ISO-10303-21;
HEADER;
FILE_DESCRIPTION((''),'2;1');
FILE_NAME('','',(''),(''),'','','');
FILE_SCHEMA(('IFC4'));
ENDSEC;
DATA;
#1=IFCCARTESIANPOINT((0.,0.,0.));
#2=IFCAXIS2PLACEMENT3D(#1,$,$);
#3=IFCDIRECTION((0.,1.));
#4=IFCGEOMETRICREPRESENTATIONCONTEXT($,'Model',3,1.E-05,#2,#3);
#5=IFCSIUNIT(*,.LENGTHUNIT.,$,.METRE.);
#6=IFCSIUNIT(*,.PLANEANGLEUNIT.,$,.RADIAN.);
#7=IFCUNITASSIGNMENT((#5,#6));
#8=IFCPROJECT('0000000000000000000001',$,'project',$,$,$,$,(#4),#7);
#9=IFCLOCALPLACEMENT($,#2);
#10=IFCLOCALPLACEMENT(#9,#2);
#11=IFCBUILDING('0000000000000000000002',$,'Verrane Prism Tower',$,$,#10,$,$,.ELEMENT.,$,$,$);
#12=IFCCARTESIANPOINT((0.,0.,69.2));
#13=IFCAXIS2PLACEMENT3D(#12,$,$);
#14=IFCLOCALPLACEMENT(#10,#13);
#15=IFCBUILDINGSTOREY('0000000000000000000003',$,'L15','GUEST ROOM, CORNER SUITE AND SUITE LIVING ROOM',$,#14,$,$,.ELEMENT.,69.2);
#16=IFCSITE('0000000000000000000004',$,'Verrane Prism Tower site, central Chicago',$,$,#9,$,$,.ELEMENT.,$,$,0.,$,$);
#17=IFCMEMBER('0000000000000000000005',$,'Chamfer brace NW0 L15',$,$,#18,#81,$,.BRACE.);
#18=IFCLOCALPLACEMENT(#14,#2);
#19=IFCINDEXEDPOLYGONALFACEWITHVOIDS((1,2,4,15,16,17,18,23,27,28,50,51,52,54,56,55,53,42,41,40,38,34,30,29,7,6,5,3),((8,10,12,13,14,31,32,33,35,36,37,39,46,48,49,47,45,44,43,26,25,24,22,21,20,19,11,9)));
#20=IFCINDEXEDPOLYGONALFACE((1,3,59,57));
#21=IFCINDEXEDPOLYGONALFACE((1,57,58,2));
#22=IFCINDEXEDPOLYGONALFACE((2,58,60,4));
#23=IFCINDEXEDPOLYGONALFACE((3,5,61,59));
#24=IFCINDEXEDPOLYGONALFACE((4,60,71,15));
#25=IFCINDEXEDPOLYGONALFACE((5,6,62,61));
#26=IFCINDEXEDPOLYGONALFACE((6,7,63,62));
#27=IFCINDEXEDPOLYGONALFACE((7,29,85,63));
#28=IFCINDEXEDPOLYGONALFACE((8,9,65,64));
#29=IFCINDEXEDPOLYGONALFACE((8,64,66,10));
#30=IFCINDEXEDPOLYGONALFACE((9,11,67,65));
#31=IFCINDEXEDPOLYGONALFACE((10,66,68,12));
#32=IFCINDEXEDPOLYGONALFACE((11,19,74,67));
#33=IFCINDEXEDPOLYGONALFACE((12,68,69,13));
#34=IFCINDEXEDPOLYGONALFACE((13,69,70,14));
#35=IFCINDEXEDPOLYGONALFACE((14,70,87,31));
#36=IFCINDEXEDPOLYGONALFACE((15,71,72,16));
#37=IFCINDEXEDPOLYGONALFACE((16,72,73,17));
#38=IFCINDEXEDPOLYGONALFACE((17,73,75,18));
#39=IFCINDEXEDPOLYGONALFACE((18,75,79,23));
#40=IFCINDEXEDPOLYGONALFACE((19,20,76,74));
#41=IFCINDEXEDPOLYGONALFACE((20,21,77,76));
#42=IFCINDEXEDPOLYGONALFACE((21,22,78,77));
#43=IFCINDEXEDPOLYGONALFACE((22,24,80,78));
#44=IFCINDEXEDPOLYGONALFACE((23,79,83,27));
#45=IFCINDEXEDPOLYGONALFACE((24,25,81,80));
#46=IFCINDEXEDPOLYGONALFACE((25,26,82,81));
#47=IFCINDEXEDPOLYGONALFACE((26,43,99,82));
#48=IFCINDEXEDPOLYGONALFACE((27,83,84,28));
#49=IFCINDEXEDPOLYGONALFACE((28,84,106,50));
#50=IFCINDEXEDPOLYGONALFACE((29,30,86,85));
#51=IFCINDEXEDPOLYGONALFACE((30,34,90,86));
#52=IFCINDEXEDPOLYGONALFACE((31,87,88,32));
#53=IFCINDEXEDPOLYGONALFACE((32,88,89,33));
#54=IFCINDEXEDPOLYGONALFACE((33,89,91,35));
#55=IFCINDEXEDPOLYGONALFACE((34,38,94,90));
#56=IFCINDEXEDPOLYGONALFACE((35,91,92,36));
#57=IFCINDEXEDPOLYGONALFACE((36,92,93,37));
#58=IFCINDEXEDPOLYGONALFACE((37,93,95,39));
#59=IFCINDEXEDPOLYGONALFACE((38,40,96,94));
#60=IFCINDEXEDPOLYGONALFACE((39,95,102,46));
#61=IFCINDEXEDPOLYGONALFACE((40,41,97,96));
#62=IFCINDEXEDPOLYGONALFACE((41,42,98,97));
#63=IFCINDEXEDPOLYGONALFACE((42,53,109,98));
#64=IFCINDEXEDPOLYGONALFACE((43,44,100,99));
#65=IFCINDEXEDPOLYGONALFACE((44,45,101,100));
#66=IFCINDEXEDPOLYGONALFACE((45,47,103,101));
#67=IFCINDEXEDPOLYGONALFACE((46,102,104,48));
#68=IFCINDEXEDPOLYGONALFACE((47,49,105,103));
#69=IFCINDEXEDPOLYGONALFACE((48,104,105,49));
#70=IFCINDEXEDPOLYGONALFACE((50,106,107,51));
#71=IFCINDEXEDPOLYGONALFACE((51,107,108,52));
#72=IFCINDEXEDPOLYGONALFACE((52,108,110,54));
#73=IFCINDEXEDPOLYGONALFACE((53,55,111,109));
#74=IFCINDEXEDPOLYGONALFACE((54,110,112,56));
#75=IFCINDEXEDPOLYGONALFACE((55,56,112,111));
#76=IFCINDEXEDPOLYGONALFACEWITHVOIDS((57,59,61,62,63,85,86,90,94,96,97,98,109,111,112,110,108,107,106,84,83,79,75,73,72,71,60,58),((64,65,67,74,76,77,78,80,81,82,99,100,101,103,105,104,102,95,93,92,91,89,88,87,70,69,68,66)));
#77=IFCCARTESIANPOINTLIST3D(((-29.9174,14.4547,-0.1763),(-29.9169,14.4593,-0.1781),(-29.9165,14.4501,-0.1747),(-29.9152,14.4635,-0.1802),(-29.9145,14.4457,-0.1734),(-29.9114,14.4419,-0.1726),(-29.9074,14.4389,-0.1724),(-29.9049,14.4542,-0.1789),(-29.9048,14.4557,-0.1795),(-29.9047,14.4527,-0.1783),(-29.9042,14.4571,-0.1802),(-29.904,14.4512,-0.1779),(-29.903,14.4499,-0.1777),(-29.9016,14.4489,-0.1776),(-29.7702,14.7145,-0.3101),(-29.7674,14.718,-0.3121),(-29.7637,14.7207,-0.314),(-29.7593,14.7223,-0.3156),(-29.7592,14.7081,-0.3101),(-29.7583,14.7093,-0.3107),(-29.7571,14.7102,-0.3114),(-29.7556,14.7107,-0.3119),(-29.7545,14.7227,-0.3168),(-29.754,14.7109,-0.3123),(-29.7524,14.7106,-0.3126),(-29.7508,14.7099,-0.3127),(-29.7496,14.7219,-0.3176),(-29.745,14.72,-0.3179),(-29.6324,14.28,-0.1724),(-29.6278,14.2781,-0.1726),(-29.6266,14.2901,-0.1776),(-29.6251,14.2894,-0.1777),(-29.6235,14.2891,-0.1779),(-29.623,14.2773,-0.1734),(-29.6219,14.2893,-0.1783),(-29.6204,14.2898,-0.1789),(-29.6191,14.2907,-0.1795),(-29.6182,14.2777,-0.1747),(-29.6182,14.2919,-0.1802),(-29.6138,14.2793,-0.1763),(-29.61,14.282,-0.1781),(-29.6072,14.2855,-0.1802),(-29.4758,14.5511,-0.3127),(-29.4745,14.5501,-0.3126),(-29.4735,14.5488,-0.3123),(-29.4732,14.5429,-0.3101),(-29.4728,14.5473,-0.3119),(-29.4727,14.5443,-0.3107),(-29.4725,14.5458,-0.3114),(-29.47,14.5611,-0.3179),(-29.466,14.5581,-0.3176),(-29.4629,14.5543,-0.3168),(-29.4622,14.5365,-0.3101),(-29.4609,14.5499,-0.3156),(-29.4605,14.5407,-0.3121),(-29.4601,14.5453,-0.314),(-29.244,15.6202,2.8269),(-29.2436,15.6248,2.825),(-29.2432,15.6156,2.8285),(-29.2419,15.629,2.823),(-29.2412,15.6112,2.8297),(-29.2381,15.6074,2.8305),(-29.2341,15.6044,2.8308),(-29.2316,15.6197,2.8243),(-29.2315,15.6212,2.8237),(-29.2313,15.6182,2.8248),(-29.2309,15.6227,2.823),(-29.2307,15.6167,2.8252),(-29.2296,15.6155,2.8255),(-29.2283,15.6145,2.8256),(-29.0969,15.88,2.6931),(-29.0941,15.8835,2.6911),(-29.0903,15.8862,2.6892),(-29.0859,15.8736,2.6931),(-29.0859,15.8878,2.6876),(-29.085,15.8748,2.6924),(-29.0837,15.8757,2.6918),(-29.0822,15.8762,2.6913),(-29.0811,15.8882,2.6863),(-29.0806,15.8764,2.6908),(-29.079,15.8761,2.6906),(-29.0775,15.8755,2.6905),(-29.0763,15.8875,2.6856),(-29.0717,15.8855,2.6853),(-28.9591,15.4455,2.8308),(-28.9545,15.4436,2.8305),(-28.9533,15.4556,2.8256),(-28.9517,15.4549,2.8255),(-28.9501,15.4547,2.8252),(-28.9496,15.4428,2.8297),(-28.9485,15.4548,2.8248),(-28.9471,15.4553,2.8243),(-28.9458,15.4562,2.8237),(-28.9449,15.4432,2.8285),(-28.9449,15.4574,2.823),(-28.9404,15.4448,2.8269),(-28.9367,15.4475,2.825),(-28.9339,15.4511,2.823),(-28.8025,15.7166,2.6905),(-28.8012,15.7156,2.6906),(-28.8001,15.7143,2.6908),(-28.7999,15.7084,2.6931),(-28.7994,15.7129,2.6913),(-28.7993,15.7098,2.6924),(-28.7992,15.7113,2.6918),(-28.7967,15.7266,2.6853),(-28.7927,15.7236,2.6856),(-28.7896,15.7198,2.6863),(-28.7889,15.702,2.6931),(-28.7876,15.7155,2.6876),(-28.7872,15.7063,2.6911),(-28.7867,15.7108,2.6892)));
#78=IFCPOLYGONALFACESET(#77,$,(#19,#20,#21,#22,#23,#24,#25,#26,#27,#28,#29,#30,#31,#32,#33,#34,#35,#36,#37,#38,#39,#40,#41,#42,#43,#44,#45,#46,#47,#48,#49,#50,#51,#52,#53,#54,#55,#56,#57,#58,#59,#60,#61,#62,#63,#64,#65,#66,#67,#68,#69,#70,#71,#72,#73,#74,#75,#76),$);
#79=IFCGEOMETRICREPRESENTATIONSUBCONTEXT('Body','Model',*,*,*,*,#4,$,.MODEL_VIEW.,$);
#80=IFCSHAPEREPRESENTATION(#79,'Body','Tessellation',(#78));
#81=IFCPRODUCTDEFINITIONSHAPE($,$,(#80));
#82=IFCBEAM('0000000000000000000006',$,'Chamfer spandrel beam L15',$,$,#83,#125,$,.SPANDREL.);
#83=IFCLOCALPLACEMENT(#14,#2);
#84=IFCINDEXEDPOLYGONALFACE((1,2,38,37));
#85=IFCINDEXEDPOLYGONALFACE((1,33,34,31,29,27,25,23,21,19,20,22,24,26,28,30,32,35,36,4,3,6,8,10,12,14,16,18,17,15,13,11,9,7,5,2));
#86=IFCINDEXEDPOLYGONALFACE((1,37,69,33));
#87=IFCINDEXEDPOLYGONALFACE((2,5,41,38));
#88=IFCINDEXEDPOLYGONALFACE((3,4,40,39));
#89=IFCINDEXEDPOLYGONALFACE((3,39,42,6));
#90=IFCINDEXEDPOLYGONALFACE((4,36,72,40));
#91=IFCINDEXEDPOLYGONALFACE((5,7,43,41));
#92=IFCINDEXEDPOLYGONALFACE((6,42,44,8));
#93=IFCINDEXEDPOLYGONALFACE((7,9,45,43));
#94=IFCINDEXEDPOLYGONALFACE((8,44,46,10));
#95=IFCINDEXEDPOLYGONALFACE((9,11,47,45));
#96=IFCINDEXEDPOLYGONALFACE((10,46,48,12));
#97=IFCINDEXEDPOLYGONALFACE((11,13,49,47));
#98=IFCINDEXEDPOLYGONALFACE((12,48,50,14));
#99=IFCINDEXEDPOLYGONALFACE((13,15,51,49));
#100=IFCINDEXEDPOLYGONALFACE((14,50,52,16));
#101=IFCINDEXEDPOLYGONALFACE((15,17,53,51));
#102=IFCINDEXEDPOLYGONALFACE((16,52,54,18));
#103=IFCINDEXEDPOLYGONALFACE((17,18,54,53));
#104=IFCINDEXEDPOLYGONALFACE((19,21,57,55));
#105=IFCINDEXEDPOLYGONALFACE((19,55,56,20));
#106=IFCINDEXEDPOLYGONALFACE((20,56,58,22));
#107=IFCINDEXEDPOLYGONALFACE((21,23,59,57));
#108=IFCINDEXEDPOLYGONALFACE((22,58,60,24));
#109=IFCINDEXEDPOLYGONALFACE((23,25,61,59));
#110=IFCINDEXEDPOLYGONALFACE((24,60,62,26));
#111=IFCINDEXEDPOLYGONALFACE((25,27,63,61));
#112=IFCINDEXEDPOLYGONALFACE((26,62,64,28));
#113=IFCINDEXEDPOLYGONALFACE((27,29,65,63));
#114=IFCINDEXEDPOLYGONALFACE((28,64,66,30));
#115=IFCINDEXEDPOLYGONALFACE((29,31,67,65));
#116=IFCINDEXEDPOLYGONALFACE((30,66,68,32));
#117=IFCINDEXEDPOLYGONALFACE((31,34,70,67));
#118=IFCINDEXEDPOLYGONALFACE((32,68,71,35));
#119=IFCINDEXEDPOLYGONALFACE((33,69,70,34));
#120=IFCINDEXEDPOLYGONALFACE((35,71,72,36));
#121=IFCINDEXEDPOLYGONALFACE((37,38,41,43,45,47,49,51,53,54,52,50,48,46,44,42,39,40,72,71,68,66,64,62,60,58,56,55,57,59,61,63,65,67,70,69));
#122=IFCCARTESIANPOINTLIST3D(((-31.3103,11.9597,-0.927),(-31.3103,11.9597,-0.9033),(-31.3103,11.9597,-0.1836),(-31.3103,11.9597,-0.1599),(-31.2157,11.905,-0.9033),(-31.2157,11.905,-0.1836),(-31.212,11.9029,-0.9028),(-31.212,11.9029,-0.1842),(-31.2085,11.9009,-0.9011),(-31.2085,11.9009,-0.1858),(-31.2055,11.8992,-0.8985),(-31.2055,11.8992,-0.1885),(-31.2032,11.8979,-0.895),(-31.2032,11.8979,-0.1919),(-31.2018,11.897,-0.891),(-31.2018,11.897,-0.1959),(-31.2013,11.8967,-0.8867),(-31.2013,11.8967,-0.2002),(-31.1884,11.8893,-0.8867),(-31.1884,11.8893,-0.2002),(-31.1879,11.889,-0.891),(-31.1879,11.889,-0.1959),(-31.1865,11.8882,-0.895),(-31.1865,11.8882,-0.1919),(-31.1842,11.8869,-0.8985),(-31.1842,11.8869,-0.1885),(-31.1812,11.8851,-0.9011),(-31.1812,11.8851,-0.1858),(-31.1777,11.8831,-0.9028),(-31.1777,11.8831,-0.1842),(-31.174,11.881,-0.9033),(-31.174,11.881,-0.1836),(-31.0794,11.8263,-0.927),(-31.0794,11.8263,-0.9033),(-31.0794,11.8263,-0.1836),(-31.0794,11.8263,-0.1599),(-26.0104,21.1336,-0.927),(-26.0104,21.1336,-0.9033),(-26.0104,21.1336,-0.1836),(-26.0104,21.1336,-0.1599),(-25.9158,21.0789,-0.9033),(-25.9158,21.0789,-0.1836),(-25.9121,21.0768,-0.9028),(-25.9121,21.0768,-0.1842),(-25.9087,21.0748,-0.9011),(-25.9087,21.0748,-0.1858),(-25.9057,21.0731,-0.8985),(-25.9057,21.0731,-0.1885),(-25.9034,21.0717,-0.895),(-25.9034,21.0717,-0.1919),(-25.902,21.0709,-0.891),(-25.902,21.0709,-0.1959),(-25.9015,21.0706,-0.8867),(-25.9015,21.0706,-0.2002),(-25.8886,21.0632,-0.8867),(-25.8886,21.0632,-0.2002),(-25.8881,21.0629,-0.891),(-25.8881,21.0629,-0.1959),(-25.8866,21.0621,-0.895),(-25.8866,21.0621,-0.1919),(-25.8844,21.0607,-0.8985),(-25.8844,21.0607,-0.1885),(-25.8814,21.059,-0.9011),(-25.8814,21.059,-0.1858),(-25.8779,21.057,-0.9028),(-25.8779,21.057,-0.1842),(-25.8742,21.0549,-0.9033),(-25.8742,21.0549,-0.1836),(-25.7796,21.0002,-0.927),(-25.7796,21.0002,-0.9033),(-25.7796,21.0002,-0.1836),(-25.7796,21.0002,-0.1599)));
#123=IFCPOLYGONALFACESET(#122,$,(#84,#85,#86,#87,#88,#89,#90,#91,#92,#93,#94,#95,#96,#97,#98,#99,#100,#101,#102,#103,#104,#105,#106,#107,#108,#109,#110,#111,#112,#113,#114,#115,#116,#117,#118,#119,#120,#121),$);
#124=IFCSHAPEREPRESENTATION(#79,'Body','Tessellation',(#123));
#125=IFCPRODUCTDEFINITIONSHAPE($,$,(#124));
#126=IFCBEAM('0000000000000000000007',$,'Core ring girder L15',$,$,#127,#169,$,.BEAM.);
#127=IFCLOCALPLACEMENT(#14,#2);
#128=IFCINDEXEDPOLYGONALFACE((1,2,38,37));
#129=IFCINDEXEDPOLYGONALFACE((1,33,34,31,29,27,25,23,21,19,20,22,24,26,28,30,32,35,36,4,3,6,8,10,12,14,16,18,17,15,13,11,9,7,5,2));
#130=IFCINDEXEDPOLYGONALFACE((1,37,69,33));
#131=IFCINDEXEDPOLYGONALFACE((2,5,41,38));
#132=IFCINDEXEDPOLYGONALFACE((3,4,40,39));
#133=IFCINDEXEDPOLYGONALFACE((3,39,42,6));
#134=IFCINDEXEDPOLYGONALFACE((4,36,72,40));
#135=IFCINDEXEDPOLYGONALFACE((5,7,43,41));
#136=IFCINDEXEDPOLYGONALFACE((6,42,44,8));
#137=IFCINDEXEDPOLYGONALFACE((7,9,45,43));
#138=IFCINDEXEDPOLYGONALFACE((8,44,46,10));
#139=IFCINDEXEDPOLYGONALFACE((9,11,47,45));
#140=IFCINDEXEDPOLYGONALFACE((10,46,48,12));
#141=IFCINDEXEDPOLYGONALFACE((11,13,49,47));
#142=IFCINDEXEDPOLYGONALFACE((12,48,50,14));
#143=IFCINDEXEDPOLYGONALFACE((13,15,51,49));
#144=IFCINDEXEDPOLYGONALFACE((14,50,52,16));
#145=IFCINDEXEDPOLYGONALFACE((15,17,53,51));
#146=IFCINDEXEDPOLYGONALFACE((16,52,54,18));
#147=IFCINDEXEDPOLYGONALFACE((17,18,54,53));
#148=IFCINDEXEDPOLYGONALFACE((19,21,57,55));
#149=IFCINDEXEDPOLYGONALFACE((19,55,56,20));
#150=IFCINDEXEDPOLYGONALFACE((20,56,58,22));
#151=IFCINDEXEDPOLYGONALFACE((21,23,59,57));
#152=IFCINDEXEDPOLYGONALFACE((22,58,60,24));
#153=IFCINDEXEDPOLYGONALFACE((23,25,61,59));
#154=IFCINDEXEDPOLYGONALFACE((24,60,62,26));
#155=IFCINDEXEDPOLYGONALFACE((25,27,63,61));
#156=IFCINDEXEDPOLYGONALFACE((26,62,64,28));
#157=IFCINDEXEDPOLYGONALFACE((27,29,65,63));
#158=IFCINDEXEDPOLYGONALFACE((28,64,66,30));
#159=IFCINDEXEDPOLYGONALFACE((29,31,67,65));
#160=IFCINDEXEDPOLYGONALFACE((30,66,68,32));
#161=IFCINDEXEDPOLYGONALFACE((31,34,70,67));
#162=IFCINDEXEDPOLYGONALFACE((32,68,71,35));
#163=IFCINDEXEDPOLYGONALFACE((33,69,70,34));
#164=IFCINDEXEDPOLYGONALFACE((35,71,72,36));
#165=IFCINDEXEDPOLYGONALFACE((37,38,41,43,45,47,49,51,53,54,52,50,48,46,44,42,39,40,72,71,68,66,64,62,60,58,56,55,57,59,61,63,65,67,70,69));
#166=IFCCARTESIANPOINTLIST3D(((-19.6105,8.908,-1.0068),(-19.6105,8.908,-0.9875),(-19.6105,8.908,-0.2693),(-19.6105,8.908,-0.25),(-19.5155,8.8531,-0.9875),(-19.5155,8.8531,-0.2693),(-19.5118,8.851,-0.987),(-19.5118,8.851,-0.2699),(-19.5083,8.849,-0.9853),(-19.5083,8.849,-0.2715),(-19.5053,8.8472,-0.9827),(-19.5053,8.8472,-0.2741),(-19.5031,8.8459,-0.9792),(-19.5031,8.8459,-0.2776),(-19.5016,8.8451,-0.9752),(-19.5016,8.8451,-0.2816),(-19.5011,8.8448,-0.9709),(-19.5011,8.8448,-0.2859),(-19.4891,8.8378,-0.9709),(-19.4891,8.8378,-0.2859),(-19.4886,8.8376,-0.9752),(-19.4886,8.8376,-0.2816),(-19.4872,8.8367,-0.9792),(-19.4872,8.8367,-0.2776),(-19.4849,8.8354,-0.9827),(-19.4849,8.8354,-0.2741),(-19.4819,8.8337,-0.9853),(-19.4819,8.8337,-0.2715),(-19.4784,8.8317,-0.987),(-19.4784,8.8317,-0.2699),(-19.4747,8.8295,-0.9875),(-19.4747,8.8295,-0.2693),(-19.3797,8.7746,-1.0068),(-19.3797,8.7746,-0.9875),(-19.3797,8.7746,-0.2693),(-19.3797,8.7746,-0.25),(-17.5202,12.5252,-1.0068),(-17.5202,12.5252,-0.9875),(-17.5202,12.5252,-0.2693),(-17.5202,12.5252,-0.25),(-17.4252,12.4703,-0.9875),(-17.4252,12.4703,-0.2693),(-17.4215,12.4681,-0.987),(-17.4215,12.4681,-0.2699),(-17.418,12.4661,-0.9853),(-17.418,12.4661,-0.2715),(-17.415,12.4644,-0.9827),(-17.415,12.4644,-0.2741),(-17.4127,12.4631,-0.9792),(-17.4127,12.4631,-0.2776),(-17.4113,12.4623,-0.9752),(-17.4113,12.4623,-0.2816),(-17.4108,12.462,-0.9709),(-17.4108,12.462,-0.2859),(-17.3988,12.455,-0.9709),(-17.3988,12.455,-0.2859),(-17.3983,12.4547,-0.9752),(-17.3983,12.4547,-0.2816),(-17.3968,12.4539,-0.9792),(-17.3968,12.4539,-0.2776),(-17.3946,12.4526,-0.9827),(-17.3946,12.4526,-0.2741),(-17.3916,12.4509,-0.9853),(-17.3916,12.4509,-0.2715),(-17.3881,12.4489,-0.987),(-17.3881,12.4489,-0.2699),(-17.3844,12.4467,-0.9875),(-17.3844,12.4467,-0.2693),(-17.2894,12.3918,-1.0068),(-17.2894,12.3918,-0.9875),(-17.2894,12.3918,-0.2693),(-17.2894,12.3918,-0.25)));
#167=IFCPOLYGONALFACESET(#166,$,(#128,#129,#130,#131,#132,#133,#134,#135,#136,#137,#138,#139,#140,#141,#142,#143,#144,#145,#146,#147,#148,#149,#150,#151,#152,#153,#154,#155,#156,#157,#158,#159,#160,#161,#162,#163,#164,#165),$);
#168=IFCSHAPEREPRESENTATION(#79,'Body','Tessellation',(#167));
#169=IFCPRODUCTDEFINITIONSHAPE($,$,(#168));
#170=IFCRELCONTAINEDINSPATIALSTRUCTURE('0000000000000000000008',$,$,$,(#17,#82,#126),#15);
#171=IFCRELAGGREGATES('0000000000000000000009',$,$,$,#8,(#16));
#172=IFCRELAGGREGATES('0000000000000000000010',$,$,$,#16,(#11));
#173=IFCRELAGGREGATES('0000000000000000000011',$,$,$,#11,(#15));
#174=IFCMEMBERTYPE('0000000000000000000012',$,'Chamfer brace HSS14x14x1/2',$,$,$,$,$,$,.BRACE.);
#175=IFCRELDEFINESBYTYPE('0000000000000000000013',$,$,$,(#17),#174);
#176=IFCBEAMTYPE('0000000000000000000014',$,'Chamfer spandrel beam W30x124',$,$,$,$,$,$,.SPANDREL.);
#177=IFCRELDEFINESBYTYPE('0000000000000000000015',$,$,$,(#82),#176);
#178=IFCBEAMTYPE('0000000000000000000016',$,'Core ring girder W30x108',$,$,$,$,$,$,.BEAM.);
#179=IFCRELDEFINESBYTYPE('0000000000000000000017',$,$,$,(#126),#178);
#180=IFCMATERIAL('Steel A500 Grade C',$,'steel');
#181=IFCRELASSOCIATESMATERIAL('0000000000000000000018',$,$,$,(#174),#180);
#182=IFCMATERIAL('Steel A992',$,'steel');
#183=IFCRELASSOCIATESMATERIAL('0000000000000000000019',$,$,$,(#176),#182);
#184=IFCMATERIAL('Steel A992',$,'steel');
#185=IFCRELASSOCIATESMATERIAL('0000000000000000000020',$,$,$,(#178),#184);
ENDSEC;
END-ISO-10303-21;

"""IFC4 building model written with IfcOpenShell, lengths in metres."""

from ifc_helpers import new_model, si_unit, direction, frame, origin, origin_2d, place, context, subcontext, project, spatial, hollow_rectangle, i_section, extrude, material, material_profile, profile_set, type_object, element, save


model = new_model("IFC4")

# Units and contexts
model_context = context("Model", 3, precision=1e-05, world=origin(), true_north=direction((0.0, 1.0)))
body_context = subcontext(model_context, "Body", "Model", "MODEL_VIEW")
ifc_project = project(units=[si_unit("LENGTHUNIT", "METRE"), si_unit("PLANEANGLEUNIT", "RADIAN")], contexts=[model_context])

# Site, building, storey
site_placement = place(None, origin())
site = spatial("IfcSite", under=ifc_project, at=site_placement, Name="Verrane Prism Tower site, central Chicago", CompositionType="ELEMENT", RefElevation=0.0)
building_placement = place(site_placement, origin())
building = spatial("IfcBuilding", under=site, at=building_placement, Name="Verrane Prism Tower", CompositionType="ELEMENT")
storey_placement = place(building_placement, frame((0.0, 0.0, 69.2)))
storey = spatial("IfcBuildingStorey", under=building, at=storey_placement, Name="L15", Description="GUEST ROOM, CORNER SUITE AND SUITE LIVING ROOM", CompositionType="ELEMENT", Elevation=69.2)

# Member
ifc_material_1 = material(Name="Steel A500 Grade C", Category="steel")
ifc_material_profile_1 = material_profile(ifc_material_1, hollow_rectangle(XDim=0.3557, YDim=0.3557, WallThickness=0.0127, InnerFilletRadius=0.0063, OuterFilletRadius=0.019, at=origin_2d()), Name="HSS14x14x1/2")
ifc_profile_set_1 = profile_set([ifc_material_profile_1], Name="Steel A500 Grade C")
member_type_1 = type_object("IfcMemberType", Name="Chamfer brace HSS14x14x1/2", PredefinedType="BRACE", material=ifc_profile_set_1)
member_1_placement = place(storey_placement, frame((-29.6887, 14.5, -0.2451), z_axis=(0.204598, 0.354153, 0.912532), x_axis=(-0.86589, 0.500235, 0.0)))
element("IfcMember", 1, at=member_1_placement, inside=storey, type_object=member_type_1, Name="Chamfer brace NW0 L15", PredefinedType="BRACE", context=body_context, shape_type="SweptSolid", body=[
    extrude(hollow_rectangle(XDim=0.3557, YDim=0.3557, WallThickness=0.0127, InnerFilletRadius=0.0063, OuterFilletRadius=0.019, at=origin_2d()), origin(), (0.0, 0.0, 1.0), 3.291),
])

# Beams
ifc_material_2 = material(Name="Steel A992", Category="steel")
ifc_material_profile_2 = material_profile(ifc_material_2, i_section(OverallWidth=0.2666, OverallDepth=0.7671, WebThickness=0.0149, FlangeThickness=0.0237, FilletRadius=0.0166, at=origin_2d()), Name="W30x124")
ifc_profile_set_2 = profile_set([ifc_material_profile_2], Name="Steel A992")
beam_type_1 = type_object("IfcBeamType", Name="Chamfer spandrel beam W30x124", PredefinedType="SPANDREL", material=ifc_profile_set_2)
beam_1_placement = place(storey_placement, frame((-25.895, 21.0669, -0.5435), z_axis=(-0.500233, -0.865891, 0.0), x_axis=(0.865891, -0.500233, 0.0)))
element("IfcBeam", 2, at=beam_1_placement, inside=storey, type_object=beam_type_1, Name="Chamfer spandrel beam L15", PredefinedType="SPANDREL", context=body_context, shape_type="SweptSolid", body=[
    extrude(i_section(OverallWidth=0.2666, OverallDepth=0.7671, WebThickness=0.0149, FlangeThickness=0.0237, FilletRadius=0.0166, at=origin_2d()), origin(), (0.0, 0.0, 1.0), 10.5947),
])
ifc_material_3 = material(Name="Steel A992", Category="steel")
ifc_material_profile_3 = material_profile(ifc_material_3, i_section(OverallWidth=0.2666, OverallDepth=0.7568, WebThickness=0.0139, FlangeThickness=0.0193, FilletRadius=0.0166, at=origin_2d()), Name="W30x108")
ifc_profile_set_3 = profile_set([ifc_material_profile_3], Name="Steel A992")
beam_type_2 = type_object("IfcBeamType", Name="Core ring girder W30x108", PredefinedType="BEAM", material=ifc_profile_set_3)
beam_2_placement = place(storey_placement, frame((-17.4048, 12.4585, -0.6284), z_axis=(-0.50035, -0.865823, 0.0), x_axis=(0.865823, -0.50035, 0.0)))
element("IfcBeam", 3, at=beam_2_placement, inside=storey, type_object=beam_type_2, Name="Core ring girder L15", PredefinedType="BEAM", context=body_context, shape_type="SweptSolid", body=[
    extrude(i_section(OverallWidth=0.2666, OverallDepth=0.7568, WebThickness=0.0139, FlangeThickness=0.0193, FilletRadius=0.0166, at=origin_2d()), origin(), (0.0, 0.0, 1.0), 4.1777),
])

save(model, "model.ifc")
